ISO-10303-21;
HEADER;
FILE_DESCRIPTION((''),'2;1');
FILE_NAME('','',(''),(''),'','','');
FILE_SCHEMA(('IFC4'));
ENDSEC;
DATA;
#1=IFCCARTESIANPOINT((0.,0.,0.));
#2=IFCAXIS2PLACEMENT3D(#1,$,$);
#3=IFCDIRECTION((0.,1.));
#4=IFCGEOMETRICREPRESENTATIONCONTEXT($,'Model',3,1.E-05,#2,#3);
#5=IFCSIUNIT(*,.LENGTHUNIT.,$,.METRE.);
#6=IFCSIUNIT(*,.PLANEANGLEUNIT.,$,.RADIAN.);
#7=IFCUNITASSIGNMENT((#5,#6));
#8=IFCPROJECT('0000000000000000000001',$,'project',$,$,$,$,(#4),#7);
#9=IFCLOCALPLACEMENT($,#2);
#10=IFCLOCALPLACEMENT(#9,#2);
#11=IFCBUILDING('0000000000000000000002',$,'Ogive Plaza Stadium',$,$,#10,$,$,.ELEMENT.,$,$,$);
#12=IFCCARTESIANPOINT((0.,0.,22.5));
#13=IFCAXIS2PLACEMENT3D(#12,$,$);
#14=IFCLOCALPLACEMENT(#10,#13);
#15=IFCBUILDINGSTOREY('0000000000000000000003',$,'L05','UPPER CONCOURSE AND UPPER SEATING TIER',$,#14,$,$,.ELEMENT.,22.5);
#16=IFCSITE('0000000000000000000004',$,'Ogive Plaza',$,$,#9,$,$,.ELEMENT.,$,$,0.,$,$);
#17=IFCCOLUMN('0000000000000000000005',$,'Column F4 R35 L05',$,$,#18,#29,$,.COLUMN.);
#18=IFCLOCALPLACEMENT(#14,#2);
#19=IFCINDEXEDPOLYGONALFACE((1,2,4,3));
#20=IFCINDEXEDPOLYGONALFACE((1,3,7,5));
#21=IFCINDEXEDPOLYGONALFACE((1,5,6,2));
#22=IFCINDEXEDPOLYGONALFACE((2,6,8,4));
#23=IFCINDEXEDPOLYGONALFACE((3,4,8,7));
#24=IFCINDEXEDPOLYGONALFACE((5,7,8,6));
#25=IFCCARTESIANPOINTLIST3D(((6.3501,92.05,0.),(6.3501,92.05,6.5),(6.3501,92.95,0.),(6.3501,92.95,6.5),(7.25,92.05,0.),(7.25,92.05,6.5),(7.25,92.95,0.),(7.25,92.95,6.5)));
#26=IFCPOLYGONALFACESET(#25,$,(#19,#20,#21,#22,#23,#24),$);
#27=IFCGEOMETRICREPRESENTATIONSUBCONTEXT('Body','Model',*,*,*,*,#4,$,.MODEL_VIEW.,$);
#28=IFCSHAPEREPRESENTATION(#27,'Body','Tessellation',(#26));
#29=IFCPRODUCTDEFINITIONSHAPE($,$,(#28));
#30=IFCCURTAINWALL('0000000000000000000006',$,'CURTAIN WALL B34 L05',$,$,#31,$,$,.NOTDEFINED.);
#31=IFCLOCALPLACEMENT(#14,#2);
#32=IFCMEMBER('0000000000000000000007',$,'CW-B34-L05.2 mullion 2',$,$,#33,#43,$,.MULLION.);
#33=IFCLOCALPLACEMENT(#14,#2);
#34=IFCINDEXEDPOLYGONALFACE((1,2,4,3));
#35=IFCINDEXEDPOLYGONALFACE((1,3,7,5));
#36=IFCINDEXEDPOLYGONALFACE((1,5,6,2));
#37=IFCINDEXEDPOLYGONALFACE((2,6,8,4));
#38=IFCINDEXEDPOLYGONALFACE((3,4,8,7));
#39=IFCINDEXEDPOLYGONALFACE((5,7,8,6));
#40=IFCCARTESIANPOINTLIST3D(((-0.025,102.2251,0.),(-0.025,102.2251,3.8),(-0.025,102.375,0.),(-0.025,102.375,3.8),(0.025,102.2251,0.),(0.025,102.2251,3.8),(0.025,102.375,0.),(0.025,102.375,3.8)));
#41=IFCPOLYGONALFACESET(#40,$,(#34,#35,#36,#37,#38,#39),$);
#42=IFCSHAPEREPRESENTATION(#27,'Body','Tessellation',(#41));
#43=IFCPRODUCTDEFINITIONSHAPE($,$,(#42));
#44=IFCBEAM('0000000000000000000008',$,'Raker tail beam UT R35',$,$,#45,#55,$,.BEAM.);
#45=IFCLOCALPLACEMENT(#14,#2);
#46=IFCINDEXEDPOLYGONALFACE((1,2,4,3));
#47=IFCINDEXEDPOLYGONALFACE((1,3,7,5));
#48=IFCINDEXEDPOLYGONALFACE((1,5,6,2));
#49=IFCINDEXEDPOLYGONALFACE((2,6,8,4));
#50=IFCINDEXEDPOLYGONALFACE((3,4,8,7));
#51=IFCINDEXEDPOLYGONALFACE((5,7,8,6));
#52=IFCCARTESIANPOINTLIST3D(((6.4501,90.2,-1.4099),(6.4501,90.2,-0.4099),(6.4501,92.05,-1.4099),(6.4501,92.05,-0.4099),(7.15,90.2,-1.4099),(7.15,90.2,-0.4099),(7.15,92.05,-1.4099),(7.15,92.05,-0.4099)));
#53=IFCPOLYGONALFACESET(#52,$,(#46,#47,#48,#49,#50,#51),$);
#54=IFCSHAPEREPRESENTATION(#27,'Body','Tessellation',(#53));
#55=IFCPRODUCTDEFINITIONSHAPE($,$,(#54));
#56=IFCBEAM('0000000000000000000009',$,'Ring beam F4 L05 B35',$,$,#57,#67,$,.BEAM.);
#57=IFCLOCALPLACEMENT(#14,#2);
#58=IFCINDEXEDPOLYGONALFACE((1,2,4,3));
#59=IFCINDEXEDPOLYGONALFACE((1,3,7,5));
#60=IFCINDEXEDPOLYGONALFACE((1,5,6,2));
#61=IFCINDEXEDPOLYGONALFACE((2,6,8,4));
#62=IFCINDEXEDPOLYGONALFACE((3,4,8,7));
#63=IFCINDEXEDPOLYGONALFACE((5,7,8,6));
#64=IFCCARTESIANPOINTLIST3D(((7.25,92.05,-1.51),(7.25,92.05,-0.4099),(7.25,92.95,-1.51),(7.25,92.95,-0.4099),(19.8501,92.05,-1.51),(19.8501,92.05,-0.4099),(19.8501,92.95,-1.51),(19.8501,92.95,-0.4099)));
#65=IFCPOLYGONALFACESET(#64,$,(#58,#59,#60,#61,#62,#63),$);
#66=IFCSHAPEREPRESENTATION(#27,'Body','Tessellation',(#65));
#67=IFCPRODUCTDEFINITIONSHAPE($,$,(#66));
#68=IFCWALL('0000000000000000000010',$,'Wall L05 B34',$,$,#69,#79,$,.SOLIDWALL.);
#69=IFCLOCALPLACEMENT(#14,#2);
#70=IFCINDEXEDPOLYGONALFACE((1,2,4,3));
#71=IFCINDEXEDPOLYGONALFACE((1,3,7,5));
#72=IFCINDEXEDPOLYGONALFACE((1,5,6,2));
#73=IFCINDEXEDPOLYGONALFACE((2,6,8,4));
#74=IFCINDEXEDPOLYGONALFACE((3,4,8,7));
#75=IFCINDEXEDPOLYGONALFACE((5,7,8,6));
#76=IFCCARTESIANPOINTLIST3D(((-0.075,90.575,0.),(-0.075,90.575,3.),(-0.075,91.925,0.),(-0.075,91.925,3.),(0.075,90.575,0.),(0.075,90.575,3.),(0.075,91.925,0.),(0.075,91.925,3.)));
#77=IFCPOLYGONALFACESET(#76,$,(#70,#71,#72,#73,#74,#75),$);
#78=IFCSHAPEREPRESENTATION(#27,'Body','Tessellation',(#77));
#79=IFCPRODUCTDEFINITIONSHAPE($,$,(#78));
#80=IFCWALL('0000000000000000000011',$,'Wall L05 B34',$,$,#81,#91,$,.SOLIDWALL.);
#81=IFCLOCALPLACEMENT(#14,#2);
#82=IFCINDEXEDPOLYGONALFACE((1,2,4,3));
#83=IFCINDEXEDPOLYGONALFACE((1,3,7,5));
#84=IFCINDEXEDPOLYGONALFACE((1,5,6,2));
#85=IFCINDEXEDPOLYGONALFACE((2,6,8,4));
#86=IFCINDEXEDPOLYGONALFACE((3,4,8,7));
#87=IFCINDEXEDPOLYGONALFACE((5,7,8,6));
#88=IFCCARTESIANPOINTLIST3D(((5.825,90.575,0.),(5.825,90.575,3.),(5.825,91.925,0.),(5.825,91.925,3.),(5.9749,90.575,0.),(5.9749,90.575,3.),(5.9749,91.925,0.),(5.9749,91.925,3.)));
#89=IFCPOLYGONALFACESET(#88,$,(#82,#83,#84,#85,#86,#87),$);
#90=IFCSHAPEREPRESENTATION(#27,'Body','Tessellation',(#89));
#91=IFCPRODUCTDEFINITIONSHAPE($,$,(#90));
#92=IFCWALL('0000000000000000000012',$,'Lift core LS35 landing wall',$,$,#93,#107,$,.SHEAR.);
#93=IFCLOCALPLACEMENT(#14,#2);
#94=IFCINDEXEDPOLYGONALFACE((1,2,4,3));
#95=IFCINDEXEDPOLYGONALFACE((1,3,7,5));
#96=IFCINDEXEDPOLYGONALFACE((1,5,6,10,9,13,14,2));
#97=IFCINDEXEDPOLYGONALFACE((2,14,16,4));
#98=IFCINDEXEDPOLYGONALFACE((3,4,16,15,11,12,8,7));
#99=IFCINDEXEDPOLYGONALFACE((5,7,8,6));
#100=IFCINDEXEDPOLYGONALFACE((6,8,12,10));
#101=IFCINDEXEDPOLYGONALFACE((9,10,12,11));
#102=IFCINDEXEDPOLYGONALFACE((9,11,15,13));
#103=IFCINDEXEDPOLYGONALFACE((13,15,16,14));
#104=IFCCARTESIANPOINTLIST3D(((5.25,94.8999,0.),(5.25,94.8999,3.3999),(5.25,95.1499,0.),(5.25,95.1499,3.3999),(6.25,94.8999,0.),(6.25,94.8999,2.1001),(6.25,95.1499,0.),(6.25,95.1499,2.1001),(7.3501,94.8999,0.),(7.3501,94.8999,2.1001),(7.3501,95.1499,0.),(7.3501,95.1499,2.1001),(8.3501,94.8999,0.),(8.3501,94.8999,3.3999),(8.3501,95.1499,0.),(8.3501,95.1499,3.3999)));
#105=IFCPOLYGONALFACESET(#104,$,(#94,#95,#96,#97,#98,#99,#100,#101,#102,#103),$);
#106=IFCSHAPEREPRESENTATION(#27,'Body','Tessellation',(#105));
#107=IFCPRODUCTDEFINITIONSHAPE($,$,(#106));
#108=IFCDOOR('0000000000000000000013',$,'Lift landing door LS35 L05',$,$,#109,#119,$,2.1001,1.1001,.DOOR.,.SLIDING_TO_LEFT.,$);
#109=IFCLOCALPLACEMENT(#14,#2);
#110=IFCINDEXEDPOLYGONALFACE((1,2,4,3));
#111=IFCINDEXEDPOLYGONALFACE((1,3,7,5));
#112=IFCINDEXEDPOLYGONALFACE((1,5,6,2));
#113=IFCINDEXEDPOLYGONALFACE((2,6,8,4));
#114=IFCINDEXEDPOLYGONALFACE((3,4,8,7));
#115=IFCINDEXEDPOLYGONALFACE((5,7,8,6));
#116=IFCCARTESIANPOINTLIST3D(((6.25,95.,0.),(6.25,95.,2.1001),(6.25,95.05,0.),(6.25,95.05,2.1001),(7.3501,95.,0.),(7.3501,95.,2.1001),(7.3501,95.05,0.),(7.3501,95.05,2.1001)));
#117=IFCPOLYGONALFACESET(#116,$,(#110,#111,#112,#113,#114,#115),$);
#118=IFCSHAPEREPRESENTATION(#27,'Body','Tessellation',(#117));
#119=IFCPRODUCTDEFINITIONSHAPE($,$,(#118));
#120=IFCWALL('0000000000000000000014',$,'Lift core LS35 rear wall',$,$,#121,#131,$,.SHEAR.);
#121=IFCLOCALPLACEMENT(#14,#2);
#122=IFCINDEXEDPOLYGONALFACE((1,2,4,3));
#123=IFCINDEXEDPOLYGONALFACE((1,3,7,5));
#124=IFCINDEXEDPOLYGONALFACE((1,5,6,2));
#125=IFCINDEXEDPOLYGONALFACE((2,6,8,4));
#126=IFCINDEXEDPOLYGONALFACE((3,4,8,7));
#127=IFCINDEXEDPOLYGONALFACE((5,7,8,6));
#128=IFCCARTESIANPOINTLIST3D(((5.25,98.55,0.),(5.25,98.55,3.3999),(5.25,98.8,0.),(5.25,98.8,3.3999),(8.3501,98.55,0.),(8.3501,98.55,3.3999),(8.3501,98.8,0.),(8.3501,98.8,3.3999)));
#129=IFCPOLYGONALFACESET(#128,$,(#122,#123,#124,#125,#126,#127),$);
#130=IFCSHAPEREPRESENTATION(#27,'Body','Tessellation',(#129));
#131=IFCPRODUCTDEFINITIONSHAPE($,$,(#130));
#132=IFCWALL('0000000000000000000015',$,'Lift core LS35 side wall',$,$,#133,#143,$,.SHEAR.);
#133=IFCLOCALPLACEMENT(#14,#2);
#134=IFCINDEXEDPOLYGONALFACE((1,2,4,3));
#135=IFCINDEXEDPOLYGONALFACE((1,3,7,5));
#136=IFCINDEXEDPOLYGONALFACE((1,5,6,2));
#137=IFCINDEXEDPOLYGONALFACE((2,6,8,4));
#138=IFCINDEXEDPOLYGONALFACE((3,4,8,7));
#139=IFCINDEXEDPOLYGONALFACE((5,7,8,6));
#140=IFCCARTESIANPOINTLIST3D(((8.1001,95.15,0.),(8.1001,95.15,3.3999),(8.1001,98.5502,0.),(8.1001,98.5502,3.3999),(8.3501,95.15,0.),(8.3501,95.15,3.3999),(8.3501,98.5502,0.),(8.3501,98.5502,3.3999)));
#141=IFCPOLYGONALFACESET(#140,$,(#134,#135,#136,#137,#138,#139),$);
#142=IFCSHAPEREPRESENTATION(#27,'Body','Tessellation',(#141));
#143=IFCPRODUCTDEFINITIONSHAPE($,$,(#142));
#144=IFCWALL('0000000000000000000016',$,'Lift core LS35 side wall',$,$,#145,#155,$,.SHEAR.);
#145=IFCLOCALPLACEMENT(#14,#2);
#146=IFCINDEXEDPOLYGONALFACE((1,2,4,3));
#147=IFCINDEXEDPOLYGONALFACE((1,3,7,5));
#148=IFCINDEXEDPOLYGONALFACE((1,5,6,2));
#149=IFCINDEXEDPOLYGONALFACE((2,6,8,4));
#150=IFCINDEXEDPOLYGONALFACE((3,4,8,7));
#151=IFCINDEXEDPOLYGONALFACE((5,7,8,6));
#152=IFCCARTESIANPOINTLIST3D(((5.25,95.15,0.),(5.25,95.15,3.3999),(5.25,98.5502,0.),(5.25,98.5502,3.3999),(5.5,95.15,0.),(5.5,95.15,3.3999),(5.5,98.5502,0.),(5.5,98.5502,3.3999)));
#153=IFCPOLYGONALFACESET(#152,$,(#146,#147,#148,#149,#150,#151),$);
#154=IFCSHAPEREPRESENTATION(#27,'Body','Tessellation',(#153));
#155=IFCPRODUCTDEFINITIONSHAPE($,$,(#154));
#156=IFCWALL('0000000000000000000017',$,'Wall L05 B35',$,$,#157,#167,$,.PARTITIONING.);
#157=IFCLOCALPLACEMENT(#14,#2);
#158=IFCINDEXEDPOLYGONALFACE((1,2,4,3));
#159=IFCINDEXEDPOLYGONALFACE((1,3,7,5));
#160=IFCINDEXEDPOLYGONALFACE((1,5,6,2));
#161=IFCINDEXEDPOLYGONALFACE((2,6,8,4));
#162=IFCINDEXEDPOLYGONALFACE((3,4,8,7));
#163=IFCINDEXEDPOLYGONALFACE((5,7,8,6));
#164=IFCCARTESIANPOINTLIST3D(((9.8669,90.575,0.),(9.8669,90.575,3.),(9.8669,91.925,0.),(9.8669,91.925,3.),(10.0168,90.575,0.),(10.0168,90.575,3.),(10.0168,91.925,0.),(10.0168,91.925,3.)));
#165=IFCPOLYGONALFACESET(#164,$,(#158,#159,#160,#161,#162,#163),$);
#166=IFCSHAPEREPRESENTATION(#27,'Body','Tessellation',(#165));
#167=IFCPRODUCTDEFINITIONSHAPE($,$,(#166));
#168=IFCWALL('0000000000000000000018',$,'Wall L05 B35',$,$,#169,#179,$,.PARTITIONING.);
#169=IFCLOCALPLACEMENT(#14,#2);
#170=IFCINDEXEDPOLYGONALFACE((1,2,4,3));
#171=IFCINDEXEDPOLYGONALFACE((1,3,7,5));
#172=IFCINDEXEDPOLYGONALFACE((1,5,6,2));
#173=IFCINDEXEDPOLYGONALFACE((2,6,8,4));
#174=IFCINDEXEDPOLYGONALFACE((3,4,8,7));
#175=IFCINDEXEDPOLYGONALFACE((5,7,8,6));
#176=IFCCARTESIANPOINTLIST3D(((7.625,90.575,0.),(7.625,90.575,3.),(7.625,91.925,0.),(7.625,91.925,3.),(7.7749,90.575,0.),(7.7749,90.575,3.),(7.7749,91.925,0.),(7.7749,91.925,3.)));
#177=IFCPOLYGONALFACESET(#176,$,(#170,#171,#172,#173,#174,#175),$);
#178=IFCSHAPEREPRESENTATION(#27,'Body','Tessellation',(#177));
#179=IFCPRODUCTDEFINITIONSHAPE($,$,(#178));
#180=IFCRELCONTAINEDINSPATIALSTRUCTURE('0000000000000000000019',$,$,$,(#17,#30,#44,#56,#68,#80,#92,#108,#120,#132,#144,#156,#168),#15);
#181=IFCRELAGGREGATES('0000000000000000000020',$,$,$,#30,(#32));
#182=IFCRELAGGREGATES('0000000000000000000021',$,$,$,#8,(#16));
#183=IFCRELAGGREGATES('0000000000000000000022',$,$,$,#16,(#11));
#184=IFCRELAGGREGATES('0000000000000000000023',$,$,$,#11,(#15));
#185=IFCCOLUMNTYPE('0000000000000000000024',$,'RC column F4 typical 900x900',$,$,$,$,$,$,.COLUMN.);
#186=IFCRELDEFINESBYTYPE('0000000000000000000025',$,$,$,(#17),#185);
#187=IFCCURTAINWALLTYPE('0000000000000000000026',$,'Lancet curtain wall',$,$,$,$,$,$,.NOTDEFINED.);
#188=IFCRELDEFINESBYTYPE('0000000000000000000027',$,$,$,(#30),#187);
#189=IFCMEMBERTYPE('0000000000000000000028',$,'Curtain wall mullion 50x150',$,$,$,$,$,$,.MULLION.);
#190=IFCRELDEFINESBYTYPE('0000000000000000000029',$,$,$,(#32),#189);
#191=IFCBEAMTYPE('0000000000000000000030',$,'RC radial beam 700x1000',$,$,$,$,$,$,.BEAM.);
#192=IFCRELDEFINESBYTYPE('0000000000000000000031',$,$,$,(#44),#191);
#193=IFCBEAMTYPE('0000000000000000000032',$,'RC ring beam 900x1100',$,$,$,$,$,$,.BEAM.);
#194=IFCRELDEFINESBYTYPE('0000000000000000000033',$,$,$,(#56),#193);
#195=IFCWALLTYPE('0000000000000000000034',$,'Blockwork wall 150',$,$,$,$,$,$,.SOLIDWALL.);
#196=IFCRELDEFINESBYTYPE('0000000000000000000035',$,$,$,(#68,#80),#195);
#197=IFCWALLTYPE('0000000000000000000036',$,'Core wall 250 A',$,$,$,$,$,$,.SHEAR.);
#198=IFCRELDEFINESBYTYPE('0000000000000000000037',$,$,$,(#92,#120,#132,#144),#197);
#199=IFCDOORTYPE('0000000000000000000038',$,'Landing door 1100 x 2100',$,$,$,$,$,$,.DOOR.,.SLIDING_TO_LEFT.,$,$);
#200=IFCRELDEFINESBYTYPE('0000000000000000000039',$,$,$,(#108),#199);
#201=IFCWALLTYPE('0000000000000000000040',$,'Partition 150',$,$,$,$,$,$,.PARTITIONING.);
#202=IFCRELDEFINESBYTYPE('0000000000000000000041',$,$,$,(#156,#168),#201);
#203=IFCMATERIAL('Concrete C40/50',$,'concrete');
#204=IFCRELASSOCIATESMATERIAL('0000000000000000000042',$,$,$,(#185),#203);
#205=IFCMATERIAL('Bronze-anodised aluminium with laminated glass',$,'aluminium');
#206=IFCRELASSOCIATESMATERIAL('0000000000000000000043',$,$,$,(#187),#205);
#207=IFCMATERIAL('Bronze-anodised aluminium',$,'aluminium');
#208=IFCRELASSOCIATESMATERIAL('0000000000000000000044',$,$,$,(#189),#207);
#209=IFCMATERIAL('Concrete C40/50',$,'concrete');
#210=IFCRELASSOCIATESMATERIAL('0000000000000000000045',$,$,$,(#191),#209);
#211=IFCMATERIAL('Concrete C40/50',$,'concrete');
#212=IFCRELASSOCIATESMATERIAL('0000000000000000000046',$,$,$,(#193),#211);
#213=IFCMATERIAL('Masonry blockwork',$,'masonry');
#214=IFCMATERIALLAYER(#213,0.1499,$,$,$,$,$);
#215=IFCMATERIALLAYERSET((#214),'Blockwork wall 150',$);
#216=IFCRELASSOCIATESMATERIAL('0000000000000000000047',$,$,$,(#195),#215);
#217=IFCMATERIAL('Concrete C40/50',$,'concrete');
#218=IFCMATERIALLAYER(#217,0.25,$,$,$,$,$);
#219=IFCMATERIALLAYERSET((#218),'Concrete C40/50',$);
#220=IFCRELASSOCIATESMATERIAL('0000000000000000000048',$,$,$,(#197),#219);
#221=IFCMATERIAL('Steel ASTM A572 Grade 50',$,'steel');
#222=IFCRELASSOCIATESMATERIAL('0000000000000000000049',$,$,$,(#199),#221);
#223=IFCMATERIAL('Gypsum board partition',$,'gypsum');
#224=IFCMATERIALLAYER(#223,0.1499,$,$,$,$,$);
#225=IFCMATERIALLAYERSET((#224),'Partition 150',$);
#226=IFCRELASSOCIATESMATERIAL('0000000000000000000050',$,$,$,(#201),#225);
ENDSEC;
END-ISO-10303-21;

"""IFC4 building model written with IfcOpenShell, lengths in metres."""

from ifc_helpers import new_model, si_unit, direction, frame, frame_2d, origin, origin_2d, place, context, subcontext, project, spatial, rectangle, extrude, material, layer, layer_set, material_profile, profile_set, type_object, element, fill, aggregate, save


model = new_model("IFC4")

# Units and contexts
model_context = context("Model", 3, precision=1e-05, world=origin(), true_north=direction((0.0, 1.0)))
body_context = subcontext(model_context, "Body", "Model", "MODEL_VIEW")
ifc_project = project(units=[si_unit("LENGTHUNIT", "METRE"), si_unit("PLANEANGLEUNIT", "RADIAN")], contexts=[model_context])

# Site, building, storey
site_placement = place(None, origin())
site = spatial("IfcSite", under=ifc_project, at=site_placement, Name="Ogive Plaza", CompositionType="ELEMENT", RefElevation=0.0)
building_placement = place(site_placement, origin())
building = spatial("IfcBuilding", under=site, at=building_placement, Name="Ogive Plaza Stadium", CompositionType="ELEMENT")
storey_placement = place(building_placement, frame((0.0, 0.0, 22.5)))
storey = spatial("IfcBuildingStorey", under=building, at=storey_placement, Name="L05", Description="UPPER CONCOURSE AND UPPER SEATING TIER", CompositionType="ELEMENT", Elevation=22.5)

# Column
ifc_material_1 = material(Name="Concrete C40/50", Category="concrete")
ifc_material_profile_1 = material_profile(ifc_material_1, rectangle(XDim=0.8999, YDim=0.8999, at=origin_2d()), Name="RC 900x900")
ifc_profile_set_1 = profile_set([ifc_material_profile_1], Name="Concrete C40/50")
column_type = type_object("IfcColumnType", Name="RC column F4 typical 900x900", PredefinedType="COLUMN", material=ifc_profile_set_1)
column_placement = place(storey_placement, frame((6.8, 92.5, 0.0), z_axis=(0.0, 0.0, 1.0), x_axis=(-1.0, 0.0, 0.0)))
element("IfcColumn", 1, at=column_placement, inside=storey, type_object=column_type, Name="Column F4 R35 L05", PredefinedType="COLUMN", context=body_context, shape_type="SweptSolid", body=[
    extrude(rectangle(XDim=0.8999, YDim=0.8999, at=origin_2d()), origin(), (0.0, 0.0, 1.0), 6.5),
])

# Curtain wall, member
ifc_material_2 = material(Name="Bronze-anodised aluminium with laminated glass", Category="aluminium")
curtain_wall_type = type_object("IfcCurtainWallType", Name="Lancet curtain wall", PredefinedType="NOTDEFINED", material=ifc_material_2)
curtain_wall_placement = place(storey_placement, origin())
curtain_wall = element("IfcCurtainWall", 2, at=curtain_wall_placement, inside=storey, type_object=curtain_wall_type, Name="CURTAIN WALL B34 L05", PredefinedType="NOTDEFINED")
ifc_material_3 = material(Name="Bronze-anodised aluminium", Category="aluminium")
ifc_material_profile_2 = material_profile(ifc_material_3, rectangle(XDim=0.1499, YDim=0.05, at=origin_2d()), Name="AL 150x50")
ifc_profile_set_2 = profile_set([ifc_material_profile_2], Name="Bronze-anodised aluminium")
member_type = type_object("IfcMemberType", Name="Curtain wall mullion 50x150", PredefinedType="MULLION", material=ifc_profile_set_2)
member_placement = place(storey_placement, frame((0.0, 102.3, 0.0), z_axis=(0.0, 0.0, 1.0), x_axis=(0.0, 1.0, 0.0)))
member = element("IfcMember", 3, at=member_placement, type_object=member_type, Name="CW-B34-L05.2 mullion 2", PredefinedType="MULLION", context=body_context, shape_type="SweptSolid", body=[
    extrude(rectangle(XDim=0.1499, YDim=0.05, at=origin_2d()), origin(), (0.0, 0.0, 1.0), 3.8),
])
aggregate(curtain_wall, [member])

# Beams
ifc_material_4 = material(Name="Concrete C40/50", Category="concrete")
ifc_material_profile_3 = material_profile(ifc_material_4, rectangle(XDim=0.7, YDim=1.0, at=origin_2d()), Name="RC 700x1000")
ifc_profile_set_3 = profile_set([ifc_material_profile_3], Name="Concrete C40/50")
beam_type_1 = type_object("IfcBeamType", Name="RC radial beam 700x1000", PredefinedType="BEAM", material=ifc_profile_set_3)
beam_1_placement = place(storey_placement, frame((6.8, 90.2, -0.9099), z_axis=(0.0, 1.0, 0.0), x_axis=(-1.0, 0.0, 0.0)))
element("IfcBeam", 4, at=beam_1_placement, inside=storey, type_object=beam_type_1, Name="Raker tail beam UT R35", PredefinedType="BEAM", context=body_context, shape_type="SweptSolid", body=[
    extrude(rectangle(XDim=0.7, YDim=1.0, at=origin_2d()), origin(), (0.0, 0.0, 1.0), 1.8501),
])
ifc_material_5 = material(Name="Concrete C40/50", Category="concrete")
ifc_material_profile_4 = material_profile(ifc_material_5, rectangle(XDim=0.8999, YDim=1.1001, at=origin_2d()), Name="RC 900x1100")
ifc_profile_set_4 = profile_set([ifc_material_profile_4], Name="Concrete C40/50")
beam_type_2 = type_object("IfcBeamType", Name="RC ring beam 900x1100", PredefinedType="BEAM", material=ifc_profile_set_4)
beam_2_placement = place(storey_placement, frame((7.25, 92.5, -0.96), z_axis=(1.0, 0.0, 0.0), x_axis=(0.0, 1.0, 0.0)))
element("IfcBeam", 5, at=beam_2_placement, inside=storey, type_object=beam_type_2, Name="Ring beam F4 L05 B35", PredefinedType="BEAM", context=body_context, shape_type="SweptSolid", body=[
    extrude(rectangle(XDim=0.8999, YDim=1.1001, at=origin_2d()), origin(), (0.0, 0.0, 1.0), 12.6001),
])

# Walls
ifc_material_6 = material(Name="Masonry blockwork", Category="masonry")
ifc_layer_1 = layer(ifc_material_6, 0.1499)
ifc_layer_set_1 = layer_set([ifc_layer_1], Name="Blockwork wall 150")
wall_type_1 = type_object("IfcWallType", Name="Blockwork wall 150", PredefinedType="SOLIDWALL", material=ifc_layer_set_1)
for number, where, z_axis, x_axis, name in (
    (6, (0.0, 90.575, 0.0), (0.0, 0.0, 1.0), (0.0, 1.0, 0.0), "Wall L05 B34"),
    (7, (5.8999, 90.575, 0.0), (0.0, 0.0, 1.0), (0.0, 1.0, 0.0), "Wall L05 B34"),
):
    element("IfcWall", number, at=place(storey_placement, frame(where, z_axis=z_axis, x_axis=x_axis)), inside=storey, type_object=wall_type_1, Name=name, PredefinedType="SOLIDWALL", context=body_context, shape_type="SweptSolid", body=[
        extrude(rectangle(XDim=1.3501, YDim=0.1499, at=frame_2d((0.675, 0.0))), origin(), (0.0, 0.0, 1.0), 3.0),
    ])

# Wall, opening, door
ifc_material_7 = material(Name="Concrete C40/50", Category="concrete")
ifc_layer_2 = layer(ifc_material_7, 0.25)
ifc_layer_set_2 = layer_set([ifc_layer_2], Name="Concrete C40/50")
wall_type_2 = type_object("IfcWallType", Name="Core wall 250 A", PredefinedType="SHEAR", material=ifc_layer_set_2)
wall_1_placement = place(storey_placement, frame((8.3501, 95.0249, 0.0), z_axis=(0.0, 0.0, 1.0), x_axis=(-1.0, 0.0, 0.0)))
wall_1 = element("IfcWall", 8, at=wall_1_placement, inside=storey, type_object=wall_type_2, Name="Lift core LS35 landing wall", PredefinedType="SHEAR", context=body_context, shape_type="SweptSolid", body=[
    extrude(rectangle(XDim=3.1001, YDim=0.25, at=frame_2d((1.55, 0.0))), origin(), (0.0, 0.0, 1.0), 3.3999),
])
opening_placement = place(wall_1_placement, frame((1.0, 0.0, 0.0)))
opening = element("IfcOpeningElement", 9, at=opening_placement, cuts=wall_1, PredefinedType="OPENING", context=body_context, shape_type="SweptSolid", body=[
    extrude(rectangle(XDim=1.1001, YDim=2.1001, at=frame_2d((0.55, 1.05))), frame((0.0, 0.125, 0.0), z_axis=(0.0, -1.0, 0.0), x_axis=(1.0, 0.0, 0.0)), (0.0, 0.0, 1.0), 0.25),
])
ifc_material_8 = material(Name="Steel ASTM A572 Grade 50", Category="steel")
door_type = type_object("IfcDoorType", Name="Landing door 1100 x 2100", OperationType="SLIDING_TO_LEFT", PredefinedType="DOOR", material=ifc_material_8)
door_placement = place(opening_placement, origin())
door = element("IfcDoor", 10, at=door_placement, inside=storey, type_object=door_type, Name="Lift landing door LS35 L05", OperationType="SLIDING_TO_LEFT", OverallHeight=2.1001, OverallWidth=1.1001, PredefinedType="DOOR", context=body_context, shape_type="SweptSolid", body=[
    extrude(rectangle(XDim=1.1001, YDim=2.1001, at=frame_2d((0.55, 1.05))), frame((0.0, 0.0249, 0.0), z_axis=(0.0, -1.0, 0.0), x_axis=(1.0, 0.0, 0.0)), (0.0, 0.0, 1.0), 0.05),
])
fill(opening, door)

# Walls
wall_2_placement = place(storey_placement, frame((8.3501, 98.675, 0.0), z_axis=(0.0, 0.0, 1.0), x_axis=(-1.0, 0.0, 0.0)))
element("IfcWall", 11, at=wall_2_placement, inside=storey, type_object=wall_type_2, Name="Lift core LS35 rear wall", PredefinedType="SHEAR", context=body_context, shape_type="SweptSolid", body=[
    extrude(rectangle(XDim=3.1001, YDim=0.25, at=frame_2d((1.55, 0.0))), origin(), (0.0, 0.0, 1.0), 3.3999),
])
for number, where, z_axis, x_axis, name in (
    (12, (8.2251, 95.1499, 0.0), (0.0, 0.0, 1.0), (0.0, 1.0, 0.0), "Lift core LS35 side wall"),
    (13, (5.375, 95.1499, 0.0), (0.0, 0.0, 1.0), (0.0, 1.0, 0.0), "Lift core LS35 side wall"),
):
    element("IfcWall", number, at=place(storey_placement, frame(where, z_axis=z_axis, x_axis=x_axis)), inside=storey, type_object=wall_type_2, Name=name, PredefinedType="SHEAR", context=body_context, shape_type="SweptSolid", body=[
        extrude(rectangle(XDim=3.4001, YDim=0.25, at=frame_2d((1.7002, 0.0))), origin(), (0.0, 0.0, 1.0), 3.3999),
    ])
ifc_material_9 = material(Name="Gypsum board partition", Category="gypsum")
ifc_layer_3 = layer(ifc_material_9, 0.1499)
ifc_layer_set_3 = layer_set([ifc_layer_3], Name="Partition 150")
wall_type_3 = type_object("IfcWallType", Name="Partition 150", PredefinedType="PARTITIONING", material=ifc_layer_set_3)
for number, where, z_axis, x_axis, name in (
    (14, (9.9419, 90.575, 0.0), (0.0, 0.0, 1.0), (0.0, 1.0, 0.0), "Wall L05 B35"),
    (15, (7.7, 90.575, 0.0), (0.0, 0.0, 1.0), (0.0, 1.0, 0.0), "Wall L05 B35"),
):
    element("IfcWall", number, at=place(storey_placement, frame(where, z_axis=z_axis, x_axis=x_axis)), inside=storey, type_object=wall_type_3, Name=name, PredefinedType="PARTITIONING", context=body_context, shape_type="SweptSolid", body=[
        extrude(rectangle(XDim=1.3501, YDim=0.1499, at=frame_2d((0.675, 0.0))), origin(), (0.0, 0.0, 1.0), 3.0),
    ])

save(model, "model.ifc")
